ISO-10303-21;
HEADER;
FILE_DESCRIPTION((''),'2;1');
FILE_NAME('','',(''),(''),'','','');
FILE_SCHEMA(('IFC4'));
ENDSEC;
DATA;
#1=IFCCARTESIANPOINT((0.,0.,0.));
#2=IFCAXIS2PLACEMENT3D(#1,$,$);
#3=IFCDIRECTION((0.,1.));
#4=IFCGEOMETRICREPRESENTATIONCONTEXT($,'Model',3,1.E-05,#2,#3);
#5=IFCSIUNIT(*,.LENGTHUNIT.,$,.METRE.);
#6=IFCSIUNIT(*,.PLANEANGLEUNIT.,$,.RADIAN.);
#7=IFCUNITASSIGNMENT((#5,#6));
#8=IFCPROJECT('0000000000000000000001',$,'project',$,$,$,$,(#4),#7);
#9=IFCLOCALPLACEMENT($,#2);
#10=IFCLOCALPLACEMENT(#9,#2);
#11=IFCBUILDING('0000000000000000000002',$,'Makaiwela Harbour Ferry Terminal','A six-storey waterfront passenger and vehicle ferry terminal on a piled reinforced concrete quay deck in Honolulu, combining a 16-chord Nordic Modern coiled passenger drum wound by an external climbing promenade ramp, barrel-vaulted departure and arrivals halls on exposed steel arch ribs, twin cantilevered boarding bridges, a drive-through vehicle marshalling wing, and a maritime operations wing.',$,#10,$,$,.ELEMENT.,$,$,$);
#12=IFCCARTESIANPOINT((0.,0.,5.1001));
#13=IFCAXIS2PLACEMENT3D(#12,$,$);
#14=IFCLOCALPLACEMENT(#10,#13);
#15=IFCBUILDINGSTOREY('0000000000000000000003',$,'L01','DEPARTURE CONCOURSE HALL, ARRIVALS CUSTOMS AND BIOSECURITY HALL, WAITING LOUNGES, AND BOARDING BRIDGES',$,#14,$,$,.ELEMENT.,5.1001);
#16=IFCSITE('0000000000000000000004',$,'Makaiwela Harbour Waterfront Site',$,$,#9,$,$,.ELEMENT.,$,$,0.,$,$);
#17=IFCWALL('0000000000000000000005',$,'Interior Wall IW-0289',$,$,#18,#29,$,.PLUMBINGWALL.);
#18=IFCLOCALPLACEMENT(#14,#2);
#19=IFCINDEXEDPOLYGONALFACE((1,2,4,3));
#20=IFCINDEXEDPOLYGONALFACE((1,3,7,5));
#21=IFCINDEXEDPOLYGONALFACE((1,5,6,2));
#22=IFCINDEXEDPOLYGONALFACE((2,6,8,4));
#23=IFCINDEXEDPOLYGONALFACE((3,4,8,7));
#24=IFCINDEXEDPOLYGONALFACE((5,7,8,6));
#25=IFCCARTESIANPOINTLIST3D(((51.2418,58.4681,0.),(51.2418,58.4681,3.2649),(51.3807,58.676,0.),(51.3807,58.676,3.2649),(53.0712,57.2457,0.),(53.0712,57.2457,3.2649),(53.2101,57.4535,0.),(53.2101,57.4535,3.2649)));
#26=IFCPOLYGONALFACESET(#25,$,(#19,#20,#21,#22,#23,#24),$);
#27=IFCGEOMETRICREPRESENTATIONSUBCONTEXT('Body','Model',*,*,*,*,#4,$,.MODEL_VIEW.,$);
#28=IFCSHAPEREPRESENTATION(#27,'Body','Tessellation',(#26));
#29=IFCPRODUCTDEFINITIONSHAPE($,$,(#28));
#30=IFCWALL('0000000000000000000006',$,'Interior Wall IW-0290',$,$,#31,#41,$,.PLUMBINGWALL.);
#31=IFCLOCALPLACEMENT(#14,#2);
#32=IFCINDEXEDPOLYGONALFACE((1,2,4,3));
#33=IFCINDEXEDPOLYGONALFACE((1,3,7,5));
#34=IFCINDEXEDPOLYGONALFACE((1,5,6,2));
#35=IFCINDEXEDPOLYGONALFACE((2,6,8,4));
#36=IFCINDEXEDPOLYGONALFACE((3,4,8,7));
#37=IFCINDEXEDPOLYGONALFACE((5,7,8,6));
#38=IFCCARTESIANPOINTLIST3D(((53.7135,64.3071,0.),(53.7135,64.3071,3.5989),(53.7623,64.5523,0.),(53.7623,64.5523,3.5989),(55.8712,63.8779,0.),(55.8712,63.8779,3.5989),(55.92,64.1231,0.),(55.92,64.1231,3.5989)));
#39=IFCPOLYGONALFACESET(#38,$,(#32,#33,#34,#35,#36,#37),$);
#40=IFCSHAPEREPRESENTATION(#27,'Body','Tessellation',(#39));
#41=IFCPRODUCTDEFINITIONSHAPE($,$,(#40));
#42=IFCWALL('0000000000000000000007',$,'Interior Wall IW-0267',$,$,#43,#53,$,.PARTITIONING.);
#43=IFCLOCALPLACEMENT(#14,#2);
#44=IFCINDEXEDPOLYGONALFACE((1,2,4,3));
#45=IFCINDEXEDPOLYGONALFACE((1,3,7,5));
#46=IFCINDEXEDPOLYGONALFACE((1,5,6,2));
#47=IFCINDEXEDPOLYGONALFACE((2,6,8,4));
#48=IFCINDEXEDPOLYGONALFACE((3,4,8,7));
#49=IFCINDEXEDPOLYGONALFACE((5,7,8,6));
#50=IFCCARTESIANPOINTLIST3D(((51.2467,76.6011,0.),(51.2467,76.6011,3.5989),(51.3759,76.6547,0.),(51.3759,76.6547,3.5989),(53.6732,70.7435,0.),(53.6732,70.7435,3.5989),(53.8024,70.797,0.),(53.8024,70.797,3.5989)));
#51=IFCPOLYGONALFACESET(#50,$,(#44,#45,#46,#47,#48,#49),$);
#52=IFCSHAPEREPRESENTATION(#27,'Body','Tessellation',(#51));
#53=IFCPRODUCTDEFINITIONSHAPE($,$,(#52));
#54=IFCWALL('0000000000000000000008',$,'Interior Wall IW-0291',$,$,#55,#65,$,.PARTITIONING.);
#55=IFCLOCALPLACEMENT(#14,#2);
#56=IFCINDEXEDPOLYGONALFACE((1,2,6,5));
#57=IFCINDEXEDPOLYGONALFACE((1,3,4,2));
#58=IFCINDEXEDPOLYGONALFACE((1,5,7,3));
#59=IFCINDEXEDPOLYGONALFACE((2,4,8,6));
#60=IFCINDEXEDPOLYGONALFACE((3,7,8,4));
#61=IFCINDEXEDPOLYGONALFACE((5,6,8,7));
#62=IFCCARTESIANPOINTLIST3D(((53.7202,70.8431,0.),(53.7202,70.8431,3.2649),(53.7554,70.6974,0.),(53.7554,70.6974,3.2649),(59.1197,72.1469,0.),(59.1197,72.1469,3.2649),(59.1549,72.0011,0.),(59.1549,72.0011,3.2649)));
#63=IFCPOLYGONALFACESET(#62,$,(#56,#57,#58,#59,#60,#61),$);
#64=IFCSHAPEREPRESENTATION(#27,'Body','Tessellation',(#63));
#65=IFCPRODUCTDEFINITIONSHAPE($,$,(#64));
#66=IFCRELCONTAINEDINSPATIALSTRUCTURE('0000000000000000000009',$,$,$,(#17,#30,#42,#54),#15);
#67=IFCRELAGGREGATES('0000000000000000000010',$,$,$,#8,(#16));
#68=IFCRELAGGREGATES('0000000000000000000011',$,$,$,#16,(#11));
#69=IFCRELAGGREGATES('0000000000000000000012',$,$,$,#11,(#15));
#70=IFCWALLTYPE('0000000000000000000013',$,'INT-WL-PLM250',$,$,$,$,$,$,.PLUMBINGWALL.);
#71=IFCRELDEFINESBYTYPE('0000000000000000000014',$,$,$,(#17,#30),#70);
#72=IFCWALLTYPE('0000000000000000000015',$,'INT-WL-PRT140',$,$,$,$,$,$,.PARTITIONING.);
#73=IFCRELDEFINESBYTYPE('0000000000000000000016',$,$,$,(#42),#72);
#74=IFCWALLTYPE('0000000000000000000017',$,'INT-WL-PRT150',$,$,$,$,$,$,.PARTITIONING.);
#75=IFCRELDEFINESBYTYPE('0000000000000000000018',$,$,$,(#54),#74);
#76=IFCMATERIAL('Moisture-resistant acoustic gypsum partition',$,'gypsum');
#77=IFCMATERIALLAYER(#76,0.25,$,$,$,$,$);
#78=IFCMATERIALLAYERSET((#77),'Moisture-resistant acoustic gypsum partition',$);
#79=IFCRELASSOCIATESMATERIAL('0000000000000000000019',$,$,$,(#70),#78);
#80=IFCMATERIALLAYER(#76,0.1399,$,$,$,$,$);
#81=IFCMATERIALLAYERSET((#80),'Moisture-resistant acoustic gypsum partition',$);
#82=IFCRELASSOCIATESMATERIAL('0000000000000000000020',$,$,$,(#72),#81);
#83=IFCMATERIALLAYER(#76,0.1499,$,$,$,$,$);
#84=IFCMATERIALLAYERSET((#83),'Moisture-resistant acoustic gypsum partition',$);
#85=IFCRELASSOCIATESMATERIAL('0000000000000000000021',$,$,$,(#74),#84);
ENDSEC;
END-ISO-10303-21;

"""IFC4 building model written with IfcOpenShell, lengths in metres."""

from ifc_helpers import new_model, si_unit, direction, frame, frame_2d, origin, place, context, subcontext, project, spatial, rectangle, extrude, material, layer, layer_set, type_object, element, save


model = new_model("IFC4")

# Units and contexts
model_context = context("Model", 3, precision=1e-05, world=origin(), true_north=direction((0.0, 1.0)))
body_context = subcontext(model_context, "Body", "Model", "MODEL_VIEW")
ifc_project = project(units=[si_unit("LENGTHUNIT", "METRE"), si_unit("PLANEANGLEUNIT", "RADIAN")], contexts=[model_context])

# Site, building, storey
site_placement = place(None, origin())
site = spatial("IfcSite", under=ifc_project, at=site_placement, Name="Makaiwela Harbour Waterfront Site", CompositionType="ELEMENT", RefElevation=0.0)
building_placement = place(site_placement, origin())
building = spatial("IfcBuilding", under=site, at=building_placement, Name="Makaiwela Harbour Ferry Terminal", Description="A six-storey waterfront passenger and vehicle ferry terminal on a piled reinforced concrete quay deck in Honolulu, combining a 16-chord Nordic Modern coiled passenger drum wound by an external climbing promenade ramp, barrel-vaulted departure and arrivals halls on exposed steel arch ribs, twin cantilevered boarding bridges, a drive-through vehicle marshalling wing, and a maritime operations wing.", CompositionType="ELEMENT")
storey_placement = place(building_placement, frame((0.0, 0.0, 5.1001)))
storey = spatial("IfcBuildingStorey", under=building, at=storey_placement, Name="L01", Description="DEPARTURE CONCOURSE HALL, ARRIVALS CUSTOMS AND BIOSECURITY HALL, WAITING LOUNGES, AND BOARDING BRIDGES", CompositionType="ELEMENT", Elevation=5.1001)

# Shared definitions
ifc_material_1 = material(Name="Moisture-resistant acoustic gypsum partition", Category="gypsum")

# Shared definitions
ifc_layer_1 = layer(ifc_material_1, 0.25)
ifc_layer_set_1 = layer_set([ifc_layer_1], Name="Moisture-resistant acoustic gypsum partition")
wall_type_1 = type_object("IfcWallType", Name="INT-WL-PLM250", PredefinedType="PLUMBINGWALL", material=ifc_layer_set_1)

# Walls
wall_1_placement = place(storey_placement, frame((51.3113, 58.572, 0.0), z_axis=(0.0, 0.0, 1.0), x_axis=(0.831452, -0.555596, 0.0)))
element("IfcWall", 1, at=wall_1_placement, inside=storey, type_object=wall_type_1, Name="Interior Wall IW-0289", PredefinedType="PLUMBINGWALL", context=body_context, shape_type="SweptSolid", body=[
    extrude(rectangle(XDim=2.2002, YDim=0.25, at=frame_2d((1.1001, 0.0))), origin(), (0.0, 0.0, 1.0), 3.2649),
])
wall_2_placement = place(storey_placement, frame((53.7378, 64.4297, 0.0), z_axis=(0.0, 0.0, 1.0), x_axis=(0.980785, -0.195092, 0.0)))
element("IfcWall", 2, at=wall_2_placement, inside=storey, type_object=wall_type_1, Name="Interior Wall IW-0290", PredefinedType="PLUMBINGWALL", context=body_context, shape_type="SweptSolid", body=[
    extrude(rectangle(XDim=2.2, YDim=0.25, at=frame_2d((1.1001, 0.0))), origin(), (0.0, 0.0, 1.0), 3.5989),
])
ifc_layer_2 = layer(ifc_material_1, 0.1399)
ifc_layer_set_2 = layer_set([ifc_layer_2], Name="Moisture-resistant acoustic gypsum partition")
wall_type_2 = type_object("IfcWallType", Name="INT-WL-PRT140", PredefinedType="PARTITIONING", material=ifc_layer_set_2)
wall_3_placement = place(storey_placement, frame((53.7378, 70.7703, 0.0), z_axis=(0.0, 0.0, 1.0), x_axis=(-0.382709, 0.923869, 0.0)))
element("IfcWall", 3, at=wall_3_placement, inside=storey, type_object=wall_type_2, Name="Interior Wall IW-0267", PredefinedType="PARTITIONING", context=body_context, shape_type="SweptSolid", body=[
    extrude(rectangle(XDim=6.3403, YDim=0.1399, at=frame_2d((3.1702, 0.0))), origin(), (0.0, 0.0, 1.0), 3.5989),
])
ifc_layer_3 = layer(ifc_material_1, 0.1499)
ifc_layer_set_3 = layer_set([ifc_layer_3], Name="Moisture-resistant acoustic gypsum partition")
wall_type_3 = type_object("IfcWallType", Name="INT-WL-PRT150", PredefinedType="PARTITIONING", material=ifc_layer_set_3)
wall_4_placement = place(storey_placement, frame((53.7378, 70.7703, 0.0), z_axis=(0.0, 0.0, 1.0), x_axis=(0.972066, 0.234709, 0.0)))
element("IfcWall", 4, at=wall_4_placement, inside=storey, type_object=wall_type_3, Name="Interior Wall IW-0291", PredefinedType="PARTITIONING", context=body_context, shape_type="SweptSolid", body=[
    extrude(rectangle(XDim=5.5547, YDim=0.1499, at=frame_2d((2.7773, 0.0))), origin(), (0.0, 0.0, 1.0), 3.2649),
])

save(model, "model.ifc")
